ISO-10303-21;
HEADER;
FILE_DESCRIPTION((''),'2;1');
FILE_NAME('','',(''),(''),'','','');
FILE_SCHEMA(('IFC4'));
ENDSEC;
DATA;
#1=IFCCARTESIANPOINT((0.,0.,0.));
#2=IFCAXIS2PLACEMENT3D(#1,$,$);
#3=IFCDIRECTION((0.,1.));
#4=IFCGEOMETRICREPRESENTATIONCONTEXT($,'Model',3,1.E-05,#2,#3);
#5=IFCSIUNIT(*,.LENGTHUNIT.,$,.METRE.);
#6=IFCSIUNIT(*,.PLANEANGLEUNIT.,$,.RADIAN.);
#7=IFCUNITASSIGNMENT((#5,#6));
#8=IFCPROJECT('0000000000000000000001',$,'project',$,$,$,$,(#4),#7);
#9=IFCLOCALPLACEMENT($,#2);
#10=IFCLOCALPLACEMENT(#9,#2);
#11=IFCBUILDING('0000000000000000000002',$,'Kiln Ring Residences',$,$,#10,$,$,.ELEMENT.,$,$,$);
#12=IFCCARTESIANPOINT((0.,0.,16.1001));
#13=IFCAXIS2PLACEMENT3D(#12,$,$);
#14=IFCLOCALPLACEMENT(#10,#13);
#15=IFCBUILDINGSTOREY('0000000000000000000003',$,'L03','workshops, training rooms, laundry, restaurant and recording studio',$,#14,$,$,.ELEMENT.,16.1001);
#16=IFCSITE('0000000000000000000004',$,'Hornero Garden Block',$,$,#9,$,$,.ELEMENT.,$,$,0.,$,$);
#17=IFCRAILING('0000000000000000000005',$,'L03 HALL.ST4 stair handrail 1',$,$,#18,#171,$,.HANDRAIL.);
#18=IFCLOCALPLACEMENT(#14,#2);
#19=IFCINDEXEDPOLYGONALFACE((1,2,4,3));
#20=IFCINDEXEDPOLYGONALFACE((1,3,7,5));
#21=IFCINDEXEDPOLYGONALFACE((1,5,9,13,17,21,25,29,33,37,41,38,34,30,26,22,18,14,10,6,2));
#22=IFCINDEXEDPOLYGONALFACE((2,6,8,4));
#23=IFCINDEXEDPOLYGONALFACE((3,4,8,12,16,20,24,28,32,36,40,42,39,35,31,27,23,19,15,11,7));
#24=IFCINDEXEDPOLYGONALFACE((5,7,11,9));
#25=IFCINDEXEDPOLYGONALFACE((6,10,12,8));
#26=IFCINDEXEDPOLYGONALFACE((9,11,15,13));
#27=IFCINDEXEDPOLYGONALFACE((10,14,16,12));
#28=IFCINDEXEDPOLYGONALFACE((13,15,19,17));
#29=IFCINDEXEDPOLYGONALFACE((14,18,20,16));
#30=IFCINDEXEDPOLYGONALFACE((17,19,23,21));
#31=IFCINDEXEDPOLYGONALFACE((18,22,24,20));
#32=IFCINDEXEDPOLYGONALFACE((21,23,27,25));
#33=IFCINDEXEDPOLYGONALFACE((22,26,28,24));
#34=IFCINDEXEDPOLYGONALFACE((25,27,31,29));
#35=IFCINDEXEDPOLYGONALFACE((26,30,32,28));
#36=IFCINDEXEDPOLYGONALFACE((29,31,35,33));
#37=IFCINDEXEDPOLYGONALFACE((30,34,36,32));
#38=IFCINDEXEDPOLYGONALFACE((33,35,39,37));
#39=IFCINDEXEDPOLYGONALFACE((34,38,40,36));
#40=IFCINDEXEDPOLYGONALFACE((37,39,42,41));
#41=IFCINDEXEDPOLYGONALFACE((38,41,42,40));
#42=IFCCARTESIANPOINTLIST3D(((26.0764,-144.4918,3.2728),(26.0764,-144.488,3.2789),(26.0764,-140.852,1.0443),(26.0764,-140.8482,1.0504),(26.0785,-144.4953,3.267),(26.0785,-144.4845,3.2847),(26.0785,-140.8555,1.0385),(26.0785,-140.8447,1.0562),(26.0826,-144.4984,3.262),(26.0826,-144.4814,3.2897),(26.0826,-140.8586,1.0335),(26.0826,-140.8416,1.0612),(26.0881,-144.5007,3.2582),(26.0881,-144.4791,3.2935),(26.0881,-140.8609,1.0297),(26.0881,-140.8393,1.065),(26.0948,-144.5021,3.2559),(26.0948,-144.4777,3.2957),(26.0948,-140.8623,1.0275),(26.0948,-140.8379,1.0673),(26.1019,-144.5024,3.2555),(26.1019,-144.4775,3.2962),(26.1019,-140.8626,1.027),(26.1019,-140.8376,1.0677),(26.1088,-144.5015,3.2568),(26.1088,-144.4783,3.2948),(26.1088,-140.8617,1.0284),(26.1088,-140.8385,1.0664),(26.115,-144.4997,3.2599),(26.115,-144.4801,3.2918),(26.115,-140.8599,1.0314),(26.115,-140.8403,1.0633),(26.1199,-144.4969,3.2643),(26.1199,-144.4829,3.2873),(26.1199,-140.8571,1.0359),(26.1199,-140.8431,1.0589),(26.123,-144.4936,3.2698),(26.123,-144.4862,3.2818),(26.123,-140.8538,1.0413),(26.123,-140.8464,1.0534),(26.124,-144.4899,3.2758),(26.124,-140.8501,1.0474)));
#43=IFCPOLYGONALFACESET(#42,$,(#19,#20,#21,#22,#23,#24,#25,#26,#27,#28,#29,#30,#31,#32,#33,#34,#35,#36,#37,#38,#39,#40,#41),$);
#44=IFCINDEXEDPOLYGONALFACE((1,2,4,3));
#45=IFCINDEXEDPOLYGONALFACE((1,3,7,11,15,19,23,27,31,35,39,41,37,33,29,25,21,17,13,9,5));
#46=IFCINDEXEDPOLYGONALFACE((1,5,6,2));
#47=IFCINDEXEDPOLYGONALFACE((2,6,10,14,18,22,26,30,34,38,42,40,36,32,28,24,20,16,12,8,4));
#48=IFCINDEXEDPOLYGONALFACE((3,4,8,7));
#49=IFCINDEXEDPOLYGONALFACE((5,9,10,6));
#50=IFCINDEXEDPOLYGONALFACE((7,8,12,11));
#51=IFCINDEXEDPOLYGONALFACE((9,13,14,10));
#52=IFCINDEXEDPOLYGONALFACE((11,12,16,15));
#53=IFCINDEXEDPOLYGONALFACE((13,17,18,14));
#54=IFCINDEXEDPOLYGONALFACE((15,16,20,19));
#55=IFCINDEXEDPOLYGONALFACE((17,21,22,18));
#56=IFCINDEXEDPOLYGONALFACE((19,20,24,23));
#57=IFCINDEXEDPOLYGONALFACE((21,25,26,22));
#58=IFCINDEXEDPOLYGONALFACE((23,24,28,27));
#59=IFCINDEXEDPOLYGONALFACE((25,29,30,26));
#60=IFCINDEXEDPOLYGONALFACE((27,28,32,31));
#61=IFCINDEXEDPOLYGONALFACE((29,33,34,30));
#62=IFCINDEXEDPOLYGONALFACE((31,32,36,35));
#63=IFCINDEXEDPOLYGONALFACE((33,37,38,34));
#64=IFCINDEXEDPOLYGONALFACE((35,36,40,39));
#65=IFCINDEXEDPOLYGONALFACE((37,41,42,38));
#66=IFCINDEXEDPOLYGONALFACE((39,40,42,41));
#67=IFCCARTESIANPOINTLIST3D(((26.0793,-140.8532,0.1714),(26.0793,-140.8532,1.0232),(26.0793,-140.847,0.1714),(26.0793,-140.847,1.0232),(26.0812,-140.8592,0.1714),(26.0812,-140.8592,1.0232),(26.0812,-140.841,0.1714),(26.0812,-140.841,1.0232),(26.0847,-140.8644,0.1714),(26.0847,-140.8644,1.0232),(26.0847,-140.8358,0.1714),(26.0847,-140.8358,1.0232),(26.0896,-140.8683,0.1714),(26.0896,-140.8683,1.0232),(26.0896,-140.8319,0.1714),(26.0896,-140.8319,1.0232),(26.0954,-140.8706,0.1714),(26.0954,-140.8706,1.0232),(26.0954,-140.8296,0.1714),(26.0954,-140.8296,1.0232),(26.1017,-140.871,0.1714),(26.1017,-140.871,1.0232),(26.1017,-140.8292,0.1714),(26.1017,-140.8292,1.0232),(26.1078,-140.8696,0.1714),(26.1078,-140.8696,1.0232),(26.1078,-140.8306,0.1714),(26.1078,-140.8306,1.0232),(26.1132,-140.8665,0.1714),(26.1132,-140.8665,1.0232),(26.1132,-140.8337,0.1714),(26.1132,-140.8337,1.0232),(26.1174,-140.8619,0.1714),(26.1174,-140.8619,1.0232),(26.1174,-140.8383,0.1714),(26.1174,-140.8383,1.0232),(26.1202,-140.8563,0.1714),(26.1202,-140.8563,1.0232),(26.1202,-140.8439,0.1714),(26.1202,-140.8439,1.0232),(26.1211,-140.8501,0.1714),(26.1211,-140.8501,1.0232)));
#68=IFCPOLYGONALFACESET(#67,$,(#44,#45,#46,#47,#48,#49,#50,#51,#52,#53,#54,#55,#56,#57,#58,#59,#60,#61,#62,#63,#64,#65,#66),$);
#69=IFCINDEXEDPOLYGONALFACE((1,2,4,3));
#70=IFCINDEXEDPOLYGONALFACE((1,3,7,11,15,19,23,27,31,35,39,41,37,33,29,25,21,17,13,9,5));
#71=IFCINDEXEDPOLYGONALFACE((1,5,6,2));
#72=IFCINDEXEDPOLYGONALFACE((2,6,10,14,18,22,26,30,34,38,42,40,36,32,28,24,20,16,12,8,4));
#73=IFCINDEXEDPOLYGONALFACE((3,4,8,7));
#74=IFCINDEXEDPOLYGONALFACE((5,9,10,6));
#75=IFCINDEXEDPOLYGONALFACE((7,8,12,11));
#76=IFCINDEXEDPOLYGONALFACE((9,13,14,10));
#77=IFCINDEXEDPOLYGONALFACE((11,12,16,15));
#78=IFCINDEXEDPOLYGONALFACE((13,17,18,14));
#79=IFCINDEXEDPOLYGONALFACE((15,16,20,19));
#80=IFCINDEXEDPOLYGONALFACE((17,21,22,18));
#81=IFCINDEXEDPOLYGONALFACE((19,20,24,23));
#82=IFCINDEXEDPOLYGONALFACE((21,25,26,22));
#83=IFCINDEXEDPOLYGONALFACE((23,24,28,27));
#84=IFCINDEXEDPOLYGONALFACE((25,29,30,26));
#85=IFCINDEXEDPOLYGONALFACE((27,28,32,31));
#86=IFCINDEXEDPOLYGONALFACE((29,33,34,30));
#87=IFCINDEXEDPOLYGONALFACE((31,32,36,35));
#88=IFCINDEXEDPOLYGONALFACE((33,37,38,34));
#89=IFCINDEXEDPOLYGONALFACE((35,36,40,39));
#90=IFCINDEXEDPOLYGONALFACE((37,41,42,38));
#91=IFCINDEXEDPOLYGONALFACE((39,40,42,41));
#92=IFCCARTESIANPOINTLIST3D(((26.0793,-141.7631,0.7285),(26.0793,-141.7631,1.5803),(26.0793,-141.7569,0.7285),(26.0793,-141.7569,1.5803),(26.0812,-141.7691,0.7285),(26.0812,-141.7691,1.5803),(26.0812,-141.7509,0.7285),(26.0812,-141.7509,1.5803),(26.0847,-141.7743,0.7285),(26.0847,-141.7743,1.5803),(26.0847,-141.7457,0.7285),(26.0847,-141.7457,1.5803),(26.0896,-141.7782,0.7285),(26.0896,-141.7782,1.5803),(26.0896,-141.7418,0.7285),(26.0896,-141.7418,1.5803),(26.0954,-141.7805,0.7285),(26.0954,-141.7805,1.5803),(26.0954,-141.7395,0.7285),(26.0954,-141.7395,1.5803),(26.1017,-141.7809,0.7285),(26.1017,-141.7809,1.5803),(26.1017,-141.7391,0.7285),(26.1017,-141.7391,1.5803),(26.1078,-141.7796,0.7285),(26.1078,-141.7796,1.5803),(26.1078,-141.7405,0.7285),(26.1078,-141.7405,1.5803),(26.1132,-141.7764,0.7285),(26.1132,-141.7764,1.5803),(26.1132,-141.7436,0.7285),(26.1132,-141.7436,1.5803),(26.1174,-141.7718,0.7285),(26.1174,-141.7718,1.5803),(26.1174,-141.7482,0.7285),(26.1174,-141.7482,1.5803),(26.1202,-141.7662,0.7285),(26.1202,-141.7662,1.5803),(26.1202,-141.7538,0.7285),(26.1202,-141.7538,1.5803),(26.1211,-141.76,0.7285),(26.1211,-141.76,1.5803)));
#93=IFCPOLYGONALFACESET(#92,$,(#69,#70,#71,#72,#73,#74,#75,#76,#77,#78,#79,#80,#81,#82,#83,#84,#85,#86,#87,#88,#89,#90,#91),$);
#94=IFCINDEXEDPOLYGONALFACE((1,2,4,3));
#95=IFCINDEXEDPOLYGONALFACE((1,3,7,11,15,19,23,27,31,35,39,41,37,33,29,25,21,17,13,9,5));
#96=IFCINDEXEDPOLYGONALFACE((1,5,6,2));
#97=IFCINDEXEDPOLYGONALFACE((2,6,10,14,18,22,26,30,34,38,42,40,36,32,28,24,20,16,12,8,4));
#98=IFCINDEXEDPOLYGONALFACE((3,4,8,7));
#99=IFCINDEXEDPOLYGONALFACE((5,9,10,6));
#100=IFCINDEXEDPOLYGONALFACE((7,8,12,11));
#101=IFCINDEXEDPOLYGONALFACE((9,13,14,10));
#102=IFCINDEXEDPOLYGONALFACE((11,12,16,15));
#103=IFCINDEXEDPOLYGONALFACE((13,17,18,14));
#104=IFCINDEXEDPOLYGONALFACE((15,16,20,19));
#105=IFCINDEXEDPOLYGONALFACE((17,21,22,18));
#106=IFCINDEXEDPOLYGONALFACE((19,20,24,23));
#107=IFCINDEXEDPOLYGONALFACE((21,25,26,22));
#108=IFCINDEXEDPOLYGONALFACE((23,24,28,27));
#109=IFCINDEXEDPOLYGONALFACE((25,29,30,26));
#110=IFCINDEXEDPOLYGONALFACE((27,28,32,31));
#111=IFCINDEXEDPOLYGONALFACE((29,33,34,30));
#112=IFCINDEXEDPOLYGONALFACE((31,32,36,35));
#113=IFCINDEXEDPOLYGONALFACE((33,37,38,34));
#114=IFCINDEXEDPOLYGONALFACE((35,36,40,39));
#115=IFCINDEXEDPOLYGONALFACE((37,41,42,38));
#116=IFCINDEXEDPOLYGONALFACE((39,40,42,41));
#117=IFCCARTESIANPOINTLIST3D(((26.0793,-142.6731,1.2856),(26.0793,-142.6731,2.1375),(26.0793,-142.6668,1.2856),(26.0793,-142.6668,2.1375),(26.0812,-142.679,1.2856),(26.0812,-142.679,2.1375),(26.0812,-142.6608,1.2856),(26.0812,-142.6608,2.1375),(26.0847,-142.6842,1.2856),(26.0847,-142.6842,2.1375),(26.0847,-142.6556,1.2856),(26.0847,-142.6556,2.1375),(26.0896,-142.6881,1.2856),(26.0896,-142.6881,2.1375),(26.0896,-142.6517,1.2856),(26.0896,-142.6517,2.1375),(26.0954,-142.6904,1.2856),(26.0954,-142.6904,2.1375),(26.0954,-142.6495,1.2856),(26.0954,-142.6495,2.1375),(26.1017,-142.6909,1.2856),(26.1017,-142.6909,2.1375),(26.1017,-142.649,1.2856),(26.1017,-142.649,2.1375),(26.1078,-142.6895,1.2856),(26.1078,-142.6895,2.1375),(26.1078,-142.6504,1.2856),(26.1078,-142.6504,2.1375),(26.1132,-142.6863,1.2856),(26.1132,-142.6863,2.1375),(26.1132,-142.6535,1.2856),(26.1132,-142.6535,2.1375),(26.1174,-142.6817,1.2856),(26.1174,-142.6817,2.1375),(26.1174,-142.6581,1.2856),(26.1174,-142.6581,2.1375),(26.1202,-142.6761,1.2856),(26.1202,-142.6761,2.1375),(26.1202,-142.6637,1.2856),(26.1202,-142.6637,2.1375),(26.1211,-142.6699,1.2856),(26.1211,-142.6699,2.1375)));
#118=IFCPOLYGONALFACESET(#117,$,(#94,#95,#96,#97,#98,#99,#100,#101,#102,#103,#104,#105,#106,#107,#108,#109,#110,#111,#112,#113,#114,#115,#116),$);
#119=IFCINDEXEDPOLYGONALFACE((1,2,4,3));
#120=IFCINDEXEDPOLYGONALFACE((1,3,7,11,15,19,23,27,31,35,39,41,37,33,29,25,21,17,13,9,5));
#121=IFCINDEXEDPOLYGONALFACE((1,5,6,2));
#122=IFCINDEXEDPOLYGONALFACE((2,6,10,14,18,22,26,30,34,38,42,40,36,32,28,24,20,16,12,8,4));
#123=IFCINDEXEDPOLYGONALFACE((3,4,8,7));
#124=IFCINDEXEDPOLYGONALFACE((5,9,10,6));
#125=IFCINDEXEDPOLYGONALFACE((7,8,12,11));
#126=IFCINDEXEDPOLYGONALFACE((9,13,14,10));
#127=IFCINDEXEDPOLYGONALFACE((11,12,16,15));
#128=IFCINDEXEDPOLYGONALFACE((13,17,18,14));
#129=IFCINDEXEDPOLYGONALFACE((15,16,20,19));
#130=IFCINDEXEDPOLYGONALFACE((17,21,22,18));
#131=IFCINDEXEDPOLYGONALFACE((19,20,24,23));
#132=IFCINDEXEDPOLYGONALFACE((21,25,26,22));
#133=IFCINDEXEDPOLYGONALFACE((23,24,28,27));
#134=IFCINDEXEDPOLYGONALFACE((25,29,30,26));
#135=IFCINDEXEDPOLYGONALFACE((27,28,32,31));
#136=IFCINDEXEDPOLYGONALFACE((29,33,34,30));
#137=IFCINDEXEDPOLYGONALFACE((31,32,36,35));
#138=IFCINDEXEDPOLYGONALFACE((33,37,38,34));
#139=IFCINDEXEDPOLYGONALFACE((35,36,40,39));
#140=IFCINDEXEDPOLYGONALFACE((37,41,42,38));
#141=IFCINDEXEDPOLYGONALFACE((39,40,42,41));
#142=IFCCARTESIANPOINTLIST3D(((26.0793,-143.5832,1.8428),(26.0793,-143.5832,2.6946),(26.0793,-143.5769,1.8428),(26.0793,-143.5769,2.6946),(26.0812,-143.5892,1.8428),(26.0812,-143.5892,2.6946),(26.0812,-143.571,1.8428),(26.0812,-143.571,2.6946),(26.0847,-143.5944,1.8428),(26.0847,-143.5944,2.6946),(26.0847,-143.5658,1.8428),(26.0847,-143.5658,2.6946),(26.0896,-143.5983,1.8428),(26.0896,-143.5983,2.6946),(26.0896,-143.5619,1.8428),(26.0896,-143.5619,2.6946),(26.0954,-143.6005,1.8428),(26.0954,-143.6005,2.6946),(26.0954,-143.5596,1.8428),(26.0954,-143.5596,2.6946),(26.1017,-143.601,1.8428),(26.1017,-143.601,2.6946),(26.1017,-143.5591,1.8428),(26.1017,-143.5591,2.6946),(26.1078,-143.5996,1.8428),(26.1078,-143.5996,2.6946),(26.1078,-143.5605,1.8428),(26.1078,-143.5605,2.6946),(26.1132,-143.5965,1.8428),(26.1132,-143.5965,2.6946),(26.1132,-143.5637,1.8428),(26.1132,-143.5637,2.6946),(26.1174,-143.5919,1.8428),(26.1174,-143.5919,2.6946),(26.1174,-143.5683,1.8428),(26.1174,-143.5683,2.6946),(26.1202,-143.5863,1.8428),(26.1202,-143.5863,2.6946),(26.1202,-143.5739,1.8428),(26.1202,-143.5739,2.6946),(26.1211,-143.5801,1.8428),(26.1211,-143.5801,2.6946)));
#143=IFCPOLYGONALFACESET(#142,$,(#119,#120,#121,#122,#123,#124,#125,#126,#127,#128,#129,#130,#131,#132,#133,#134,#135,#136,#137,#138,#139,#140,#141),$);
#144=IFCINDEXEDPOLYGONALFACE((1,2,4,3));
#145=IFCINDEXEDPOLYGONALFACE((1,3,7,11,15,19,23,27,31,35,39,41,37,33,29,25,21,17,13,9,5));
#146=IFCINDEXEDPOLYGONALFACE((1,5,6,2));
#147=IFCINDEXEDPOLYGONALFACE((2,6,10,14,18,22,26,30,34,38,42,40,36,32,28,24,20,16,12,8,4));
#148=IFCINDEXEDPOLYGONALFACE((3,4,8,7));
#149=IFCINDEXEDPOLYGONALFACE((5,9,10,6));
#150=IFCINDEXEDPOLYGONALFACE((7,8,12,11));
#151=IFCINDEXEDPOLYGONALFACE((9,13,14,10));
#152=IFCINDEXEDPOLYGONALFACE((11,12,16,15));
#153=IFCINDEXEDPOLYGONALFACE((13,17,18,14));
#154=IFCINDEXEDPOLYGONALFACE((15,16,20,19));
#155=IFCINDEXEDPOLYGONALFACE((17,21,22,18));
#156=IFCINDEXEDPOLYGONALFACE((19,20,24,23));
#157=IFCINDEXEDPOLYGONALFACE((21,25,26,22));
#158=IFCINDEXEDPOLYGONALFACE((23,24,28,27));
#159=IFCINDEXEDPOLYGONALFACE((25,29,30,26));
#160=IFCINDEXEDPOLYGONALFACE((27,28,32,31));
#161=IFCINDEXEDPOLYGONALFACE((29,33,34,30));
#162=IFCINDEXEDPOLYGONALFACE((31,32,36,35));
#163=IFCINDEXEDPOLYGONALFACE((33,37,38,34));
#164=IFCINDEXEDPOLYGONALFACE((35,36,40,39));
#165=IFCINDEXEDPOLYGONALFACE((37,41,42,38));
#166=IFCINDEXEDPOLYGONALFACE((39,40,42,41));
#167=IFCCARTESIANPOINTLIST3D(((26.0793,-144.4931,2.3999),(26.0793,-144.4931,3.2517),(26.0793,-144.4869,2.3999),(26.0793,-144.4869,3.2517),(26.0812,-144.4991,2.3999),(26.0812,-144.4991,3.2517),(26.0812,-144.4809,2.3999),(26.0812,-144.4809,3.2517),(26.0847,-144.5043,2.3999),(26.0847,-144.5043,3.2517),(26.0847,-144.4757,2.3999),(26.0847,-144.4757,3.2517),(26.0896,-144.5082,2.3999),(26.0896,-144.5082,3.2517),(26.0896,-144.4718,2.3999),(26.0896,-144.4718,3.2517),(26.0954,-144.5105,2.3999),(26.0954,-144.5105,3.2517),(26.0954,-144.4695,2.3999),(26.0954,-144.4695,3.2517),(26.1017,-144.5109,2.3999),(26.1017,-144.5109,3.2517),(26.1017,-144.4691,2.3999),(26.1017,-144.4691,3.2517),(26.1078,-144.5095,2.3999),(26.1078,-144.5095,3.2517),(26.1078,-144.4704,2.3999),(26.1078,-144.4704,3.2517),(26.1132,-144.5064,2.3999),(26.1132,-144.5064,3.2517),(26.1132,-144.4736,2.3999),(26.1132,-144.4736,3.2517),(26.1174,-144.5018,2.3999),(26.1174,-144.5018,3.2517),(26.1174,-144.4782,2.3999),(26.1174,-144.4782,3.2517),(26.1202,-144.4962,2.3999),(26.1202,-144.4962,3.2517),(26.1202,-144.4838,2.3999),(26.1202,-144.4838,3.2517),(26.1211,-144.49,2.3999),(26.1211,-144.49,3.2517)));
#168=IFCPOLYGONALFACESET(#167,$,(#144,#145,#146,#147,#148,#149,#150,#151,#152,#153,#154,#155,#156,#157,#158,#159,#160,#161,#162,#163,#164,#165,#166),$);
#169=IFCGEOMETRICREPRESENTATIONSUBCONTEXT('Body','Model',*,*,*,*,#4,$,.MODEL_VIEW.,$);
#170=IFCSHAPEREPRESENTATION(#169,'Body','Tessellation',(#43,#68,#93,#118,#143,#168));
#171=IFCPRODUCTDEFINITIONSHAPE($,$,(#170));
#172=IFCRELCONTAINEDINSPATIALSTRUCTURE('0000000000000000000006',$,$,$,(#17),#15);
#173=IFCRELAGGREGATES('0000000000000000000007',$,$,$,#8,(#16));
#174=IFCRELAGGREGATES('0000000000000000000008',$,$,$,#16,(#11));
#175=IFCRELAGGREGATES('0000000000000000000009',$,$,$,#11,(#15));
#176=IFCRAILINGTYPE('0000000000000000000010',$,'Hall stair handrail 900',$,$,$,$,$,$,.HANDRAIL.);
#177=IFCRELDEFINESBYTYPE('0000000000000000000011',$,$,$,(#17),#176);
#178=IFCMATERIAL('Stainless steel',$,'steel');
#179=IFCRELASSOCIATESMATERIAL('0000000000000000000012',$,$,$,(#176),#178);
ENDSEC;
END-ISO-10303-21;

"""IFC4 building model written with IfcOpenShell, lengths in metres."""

from ifc_helpers import new_model, si_unit, direction, frame, origin, origin_2d, place, context, subcontext, project, spatial, circle, extrude, material, type_object, element, save


model = new_model("IFC4")

# Units and contexts
model_context = context("Model", 3, precision=1e-05, world=origin(), true_north=direction((0.0, 1.0)))
body_context = subcontext(model_context, "Body", "Model", "MODEL_VIEW")
ifc_project = project(units=[si_unit("LENGTHUNIT", "METRE"), si_unit("PLANEANGLEUNIT", "RADIAN")], contexts=[model_context])

# Site, building, storey
site_placement = place(None, origin())
site = spatial("IfcSite", under=ifc_project, at=site_placement, Name="Hornero Garden Block", CompositionType="ELEMENT", RefElevation=0.0)
building_placement = place(site_placement, origin())
building = spatial("IfcBuilding", under=site, at=building_placement, Name="Kiln Ring Residences", CompositionType="ELEMENT")
storey_placement = place(building_placement, frame((0.0, 0.0, 16.1001)))
storey = spatial("IfcBuildingStorey", under=building, at=storey_placement, Name="L03", Description="workshops, training rooms, laundry, restaurant and recording studio", CompositionType="ELEMENT", Elevation=16.1001)

# Railing
ifc_material_1 = material(Name="Stainless steel", Category="steel")
railing_type_1 = type_object("IfcRailingType", Name="Hall stair handrail 900", PredefinedType="HANDRAIL", material=ifc_material_1)
railing_1_placement = place(storey_placement, frame((26.1001, -140.8501, 0.1714)))
element("IfcRailing", 1, at=railing_1_placement, inside=storey, type_object=railing_type_1, Name="L03 HALL.ST4 stair handrail 1", PredefinedType="HANDRAIL", context=body_context, shape_type="SweptSolid", body=[
    extrude(circle(Radius=0.0239, at=origin_2d()), frame((0.0, 0.0, 0.876), z_axis=(0.0, -0.85285, 0.522156), x_axis=(1.0, 0.0, 0.0)), (0.0, 0.0, 1.0), 4.2678),
    extrude(circle(Radius=0.021, at=origin_2d()), origin(), (0.0, 0.0, 1.0), 0.8518),
    extrude(circle(Radius=0.021, at=origin_2d()), frame((0.0, -0.9099, 0.5571)), (0.0, 0.0, 1.0), 0.8518),
    extrude(circle(Radius=0.021, at=origin_2d()), frame((0.0, -1.8198, 1.1143)), (0.0, 0.0, 1.0), 0.8518),
    extrude(circle(Radius=0.021, at=origin_2d()), frame((0.0, -2.73, 1.6714)), (0.0, 0.0, 1.0), 0.8518),
    extrude(circle(Radius=0.021, at=origin_2d()), frame((0.0, -3.6399, 2.2285)), (0.0, 0.0, 1.0), 0.8518),
])

save(model, "model.ifc")
